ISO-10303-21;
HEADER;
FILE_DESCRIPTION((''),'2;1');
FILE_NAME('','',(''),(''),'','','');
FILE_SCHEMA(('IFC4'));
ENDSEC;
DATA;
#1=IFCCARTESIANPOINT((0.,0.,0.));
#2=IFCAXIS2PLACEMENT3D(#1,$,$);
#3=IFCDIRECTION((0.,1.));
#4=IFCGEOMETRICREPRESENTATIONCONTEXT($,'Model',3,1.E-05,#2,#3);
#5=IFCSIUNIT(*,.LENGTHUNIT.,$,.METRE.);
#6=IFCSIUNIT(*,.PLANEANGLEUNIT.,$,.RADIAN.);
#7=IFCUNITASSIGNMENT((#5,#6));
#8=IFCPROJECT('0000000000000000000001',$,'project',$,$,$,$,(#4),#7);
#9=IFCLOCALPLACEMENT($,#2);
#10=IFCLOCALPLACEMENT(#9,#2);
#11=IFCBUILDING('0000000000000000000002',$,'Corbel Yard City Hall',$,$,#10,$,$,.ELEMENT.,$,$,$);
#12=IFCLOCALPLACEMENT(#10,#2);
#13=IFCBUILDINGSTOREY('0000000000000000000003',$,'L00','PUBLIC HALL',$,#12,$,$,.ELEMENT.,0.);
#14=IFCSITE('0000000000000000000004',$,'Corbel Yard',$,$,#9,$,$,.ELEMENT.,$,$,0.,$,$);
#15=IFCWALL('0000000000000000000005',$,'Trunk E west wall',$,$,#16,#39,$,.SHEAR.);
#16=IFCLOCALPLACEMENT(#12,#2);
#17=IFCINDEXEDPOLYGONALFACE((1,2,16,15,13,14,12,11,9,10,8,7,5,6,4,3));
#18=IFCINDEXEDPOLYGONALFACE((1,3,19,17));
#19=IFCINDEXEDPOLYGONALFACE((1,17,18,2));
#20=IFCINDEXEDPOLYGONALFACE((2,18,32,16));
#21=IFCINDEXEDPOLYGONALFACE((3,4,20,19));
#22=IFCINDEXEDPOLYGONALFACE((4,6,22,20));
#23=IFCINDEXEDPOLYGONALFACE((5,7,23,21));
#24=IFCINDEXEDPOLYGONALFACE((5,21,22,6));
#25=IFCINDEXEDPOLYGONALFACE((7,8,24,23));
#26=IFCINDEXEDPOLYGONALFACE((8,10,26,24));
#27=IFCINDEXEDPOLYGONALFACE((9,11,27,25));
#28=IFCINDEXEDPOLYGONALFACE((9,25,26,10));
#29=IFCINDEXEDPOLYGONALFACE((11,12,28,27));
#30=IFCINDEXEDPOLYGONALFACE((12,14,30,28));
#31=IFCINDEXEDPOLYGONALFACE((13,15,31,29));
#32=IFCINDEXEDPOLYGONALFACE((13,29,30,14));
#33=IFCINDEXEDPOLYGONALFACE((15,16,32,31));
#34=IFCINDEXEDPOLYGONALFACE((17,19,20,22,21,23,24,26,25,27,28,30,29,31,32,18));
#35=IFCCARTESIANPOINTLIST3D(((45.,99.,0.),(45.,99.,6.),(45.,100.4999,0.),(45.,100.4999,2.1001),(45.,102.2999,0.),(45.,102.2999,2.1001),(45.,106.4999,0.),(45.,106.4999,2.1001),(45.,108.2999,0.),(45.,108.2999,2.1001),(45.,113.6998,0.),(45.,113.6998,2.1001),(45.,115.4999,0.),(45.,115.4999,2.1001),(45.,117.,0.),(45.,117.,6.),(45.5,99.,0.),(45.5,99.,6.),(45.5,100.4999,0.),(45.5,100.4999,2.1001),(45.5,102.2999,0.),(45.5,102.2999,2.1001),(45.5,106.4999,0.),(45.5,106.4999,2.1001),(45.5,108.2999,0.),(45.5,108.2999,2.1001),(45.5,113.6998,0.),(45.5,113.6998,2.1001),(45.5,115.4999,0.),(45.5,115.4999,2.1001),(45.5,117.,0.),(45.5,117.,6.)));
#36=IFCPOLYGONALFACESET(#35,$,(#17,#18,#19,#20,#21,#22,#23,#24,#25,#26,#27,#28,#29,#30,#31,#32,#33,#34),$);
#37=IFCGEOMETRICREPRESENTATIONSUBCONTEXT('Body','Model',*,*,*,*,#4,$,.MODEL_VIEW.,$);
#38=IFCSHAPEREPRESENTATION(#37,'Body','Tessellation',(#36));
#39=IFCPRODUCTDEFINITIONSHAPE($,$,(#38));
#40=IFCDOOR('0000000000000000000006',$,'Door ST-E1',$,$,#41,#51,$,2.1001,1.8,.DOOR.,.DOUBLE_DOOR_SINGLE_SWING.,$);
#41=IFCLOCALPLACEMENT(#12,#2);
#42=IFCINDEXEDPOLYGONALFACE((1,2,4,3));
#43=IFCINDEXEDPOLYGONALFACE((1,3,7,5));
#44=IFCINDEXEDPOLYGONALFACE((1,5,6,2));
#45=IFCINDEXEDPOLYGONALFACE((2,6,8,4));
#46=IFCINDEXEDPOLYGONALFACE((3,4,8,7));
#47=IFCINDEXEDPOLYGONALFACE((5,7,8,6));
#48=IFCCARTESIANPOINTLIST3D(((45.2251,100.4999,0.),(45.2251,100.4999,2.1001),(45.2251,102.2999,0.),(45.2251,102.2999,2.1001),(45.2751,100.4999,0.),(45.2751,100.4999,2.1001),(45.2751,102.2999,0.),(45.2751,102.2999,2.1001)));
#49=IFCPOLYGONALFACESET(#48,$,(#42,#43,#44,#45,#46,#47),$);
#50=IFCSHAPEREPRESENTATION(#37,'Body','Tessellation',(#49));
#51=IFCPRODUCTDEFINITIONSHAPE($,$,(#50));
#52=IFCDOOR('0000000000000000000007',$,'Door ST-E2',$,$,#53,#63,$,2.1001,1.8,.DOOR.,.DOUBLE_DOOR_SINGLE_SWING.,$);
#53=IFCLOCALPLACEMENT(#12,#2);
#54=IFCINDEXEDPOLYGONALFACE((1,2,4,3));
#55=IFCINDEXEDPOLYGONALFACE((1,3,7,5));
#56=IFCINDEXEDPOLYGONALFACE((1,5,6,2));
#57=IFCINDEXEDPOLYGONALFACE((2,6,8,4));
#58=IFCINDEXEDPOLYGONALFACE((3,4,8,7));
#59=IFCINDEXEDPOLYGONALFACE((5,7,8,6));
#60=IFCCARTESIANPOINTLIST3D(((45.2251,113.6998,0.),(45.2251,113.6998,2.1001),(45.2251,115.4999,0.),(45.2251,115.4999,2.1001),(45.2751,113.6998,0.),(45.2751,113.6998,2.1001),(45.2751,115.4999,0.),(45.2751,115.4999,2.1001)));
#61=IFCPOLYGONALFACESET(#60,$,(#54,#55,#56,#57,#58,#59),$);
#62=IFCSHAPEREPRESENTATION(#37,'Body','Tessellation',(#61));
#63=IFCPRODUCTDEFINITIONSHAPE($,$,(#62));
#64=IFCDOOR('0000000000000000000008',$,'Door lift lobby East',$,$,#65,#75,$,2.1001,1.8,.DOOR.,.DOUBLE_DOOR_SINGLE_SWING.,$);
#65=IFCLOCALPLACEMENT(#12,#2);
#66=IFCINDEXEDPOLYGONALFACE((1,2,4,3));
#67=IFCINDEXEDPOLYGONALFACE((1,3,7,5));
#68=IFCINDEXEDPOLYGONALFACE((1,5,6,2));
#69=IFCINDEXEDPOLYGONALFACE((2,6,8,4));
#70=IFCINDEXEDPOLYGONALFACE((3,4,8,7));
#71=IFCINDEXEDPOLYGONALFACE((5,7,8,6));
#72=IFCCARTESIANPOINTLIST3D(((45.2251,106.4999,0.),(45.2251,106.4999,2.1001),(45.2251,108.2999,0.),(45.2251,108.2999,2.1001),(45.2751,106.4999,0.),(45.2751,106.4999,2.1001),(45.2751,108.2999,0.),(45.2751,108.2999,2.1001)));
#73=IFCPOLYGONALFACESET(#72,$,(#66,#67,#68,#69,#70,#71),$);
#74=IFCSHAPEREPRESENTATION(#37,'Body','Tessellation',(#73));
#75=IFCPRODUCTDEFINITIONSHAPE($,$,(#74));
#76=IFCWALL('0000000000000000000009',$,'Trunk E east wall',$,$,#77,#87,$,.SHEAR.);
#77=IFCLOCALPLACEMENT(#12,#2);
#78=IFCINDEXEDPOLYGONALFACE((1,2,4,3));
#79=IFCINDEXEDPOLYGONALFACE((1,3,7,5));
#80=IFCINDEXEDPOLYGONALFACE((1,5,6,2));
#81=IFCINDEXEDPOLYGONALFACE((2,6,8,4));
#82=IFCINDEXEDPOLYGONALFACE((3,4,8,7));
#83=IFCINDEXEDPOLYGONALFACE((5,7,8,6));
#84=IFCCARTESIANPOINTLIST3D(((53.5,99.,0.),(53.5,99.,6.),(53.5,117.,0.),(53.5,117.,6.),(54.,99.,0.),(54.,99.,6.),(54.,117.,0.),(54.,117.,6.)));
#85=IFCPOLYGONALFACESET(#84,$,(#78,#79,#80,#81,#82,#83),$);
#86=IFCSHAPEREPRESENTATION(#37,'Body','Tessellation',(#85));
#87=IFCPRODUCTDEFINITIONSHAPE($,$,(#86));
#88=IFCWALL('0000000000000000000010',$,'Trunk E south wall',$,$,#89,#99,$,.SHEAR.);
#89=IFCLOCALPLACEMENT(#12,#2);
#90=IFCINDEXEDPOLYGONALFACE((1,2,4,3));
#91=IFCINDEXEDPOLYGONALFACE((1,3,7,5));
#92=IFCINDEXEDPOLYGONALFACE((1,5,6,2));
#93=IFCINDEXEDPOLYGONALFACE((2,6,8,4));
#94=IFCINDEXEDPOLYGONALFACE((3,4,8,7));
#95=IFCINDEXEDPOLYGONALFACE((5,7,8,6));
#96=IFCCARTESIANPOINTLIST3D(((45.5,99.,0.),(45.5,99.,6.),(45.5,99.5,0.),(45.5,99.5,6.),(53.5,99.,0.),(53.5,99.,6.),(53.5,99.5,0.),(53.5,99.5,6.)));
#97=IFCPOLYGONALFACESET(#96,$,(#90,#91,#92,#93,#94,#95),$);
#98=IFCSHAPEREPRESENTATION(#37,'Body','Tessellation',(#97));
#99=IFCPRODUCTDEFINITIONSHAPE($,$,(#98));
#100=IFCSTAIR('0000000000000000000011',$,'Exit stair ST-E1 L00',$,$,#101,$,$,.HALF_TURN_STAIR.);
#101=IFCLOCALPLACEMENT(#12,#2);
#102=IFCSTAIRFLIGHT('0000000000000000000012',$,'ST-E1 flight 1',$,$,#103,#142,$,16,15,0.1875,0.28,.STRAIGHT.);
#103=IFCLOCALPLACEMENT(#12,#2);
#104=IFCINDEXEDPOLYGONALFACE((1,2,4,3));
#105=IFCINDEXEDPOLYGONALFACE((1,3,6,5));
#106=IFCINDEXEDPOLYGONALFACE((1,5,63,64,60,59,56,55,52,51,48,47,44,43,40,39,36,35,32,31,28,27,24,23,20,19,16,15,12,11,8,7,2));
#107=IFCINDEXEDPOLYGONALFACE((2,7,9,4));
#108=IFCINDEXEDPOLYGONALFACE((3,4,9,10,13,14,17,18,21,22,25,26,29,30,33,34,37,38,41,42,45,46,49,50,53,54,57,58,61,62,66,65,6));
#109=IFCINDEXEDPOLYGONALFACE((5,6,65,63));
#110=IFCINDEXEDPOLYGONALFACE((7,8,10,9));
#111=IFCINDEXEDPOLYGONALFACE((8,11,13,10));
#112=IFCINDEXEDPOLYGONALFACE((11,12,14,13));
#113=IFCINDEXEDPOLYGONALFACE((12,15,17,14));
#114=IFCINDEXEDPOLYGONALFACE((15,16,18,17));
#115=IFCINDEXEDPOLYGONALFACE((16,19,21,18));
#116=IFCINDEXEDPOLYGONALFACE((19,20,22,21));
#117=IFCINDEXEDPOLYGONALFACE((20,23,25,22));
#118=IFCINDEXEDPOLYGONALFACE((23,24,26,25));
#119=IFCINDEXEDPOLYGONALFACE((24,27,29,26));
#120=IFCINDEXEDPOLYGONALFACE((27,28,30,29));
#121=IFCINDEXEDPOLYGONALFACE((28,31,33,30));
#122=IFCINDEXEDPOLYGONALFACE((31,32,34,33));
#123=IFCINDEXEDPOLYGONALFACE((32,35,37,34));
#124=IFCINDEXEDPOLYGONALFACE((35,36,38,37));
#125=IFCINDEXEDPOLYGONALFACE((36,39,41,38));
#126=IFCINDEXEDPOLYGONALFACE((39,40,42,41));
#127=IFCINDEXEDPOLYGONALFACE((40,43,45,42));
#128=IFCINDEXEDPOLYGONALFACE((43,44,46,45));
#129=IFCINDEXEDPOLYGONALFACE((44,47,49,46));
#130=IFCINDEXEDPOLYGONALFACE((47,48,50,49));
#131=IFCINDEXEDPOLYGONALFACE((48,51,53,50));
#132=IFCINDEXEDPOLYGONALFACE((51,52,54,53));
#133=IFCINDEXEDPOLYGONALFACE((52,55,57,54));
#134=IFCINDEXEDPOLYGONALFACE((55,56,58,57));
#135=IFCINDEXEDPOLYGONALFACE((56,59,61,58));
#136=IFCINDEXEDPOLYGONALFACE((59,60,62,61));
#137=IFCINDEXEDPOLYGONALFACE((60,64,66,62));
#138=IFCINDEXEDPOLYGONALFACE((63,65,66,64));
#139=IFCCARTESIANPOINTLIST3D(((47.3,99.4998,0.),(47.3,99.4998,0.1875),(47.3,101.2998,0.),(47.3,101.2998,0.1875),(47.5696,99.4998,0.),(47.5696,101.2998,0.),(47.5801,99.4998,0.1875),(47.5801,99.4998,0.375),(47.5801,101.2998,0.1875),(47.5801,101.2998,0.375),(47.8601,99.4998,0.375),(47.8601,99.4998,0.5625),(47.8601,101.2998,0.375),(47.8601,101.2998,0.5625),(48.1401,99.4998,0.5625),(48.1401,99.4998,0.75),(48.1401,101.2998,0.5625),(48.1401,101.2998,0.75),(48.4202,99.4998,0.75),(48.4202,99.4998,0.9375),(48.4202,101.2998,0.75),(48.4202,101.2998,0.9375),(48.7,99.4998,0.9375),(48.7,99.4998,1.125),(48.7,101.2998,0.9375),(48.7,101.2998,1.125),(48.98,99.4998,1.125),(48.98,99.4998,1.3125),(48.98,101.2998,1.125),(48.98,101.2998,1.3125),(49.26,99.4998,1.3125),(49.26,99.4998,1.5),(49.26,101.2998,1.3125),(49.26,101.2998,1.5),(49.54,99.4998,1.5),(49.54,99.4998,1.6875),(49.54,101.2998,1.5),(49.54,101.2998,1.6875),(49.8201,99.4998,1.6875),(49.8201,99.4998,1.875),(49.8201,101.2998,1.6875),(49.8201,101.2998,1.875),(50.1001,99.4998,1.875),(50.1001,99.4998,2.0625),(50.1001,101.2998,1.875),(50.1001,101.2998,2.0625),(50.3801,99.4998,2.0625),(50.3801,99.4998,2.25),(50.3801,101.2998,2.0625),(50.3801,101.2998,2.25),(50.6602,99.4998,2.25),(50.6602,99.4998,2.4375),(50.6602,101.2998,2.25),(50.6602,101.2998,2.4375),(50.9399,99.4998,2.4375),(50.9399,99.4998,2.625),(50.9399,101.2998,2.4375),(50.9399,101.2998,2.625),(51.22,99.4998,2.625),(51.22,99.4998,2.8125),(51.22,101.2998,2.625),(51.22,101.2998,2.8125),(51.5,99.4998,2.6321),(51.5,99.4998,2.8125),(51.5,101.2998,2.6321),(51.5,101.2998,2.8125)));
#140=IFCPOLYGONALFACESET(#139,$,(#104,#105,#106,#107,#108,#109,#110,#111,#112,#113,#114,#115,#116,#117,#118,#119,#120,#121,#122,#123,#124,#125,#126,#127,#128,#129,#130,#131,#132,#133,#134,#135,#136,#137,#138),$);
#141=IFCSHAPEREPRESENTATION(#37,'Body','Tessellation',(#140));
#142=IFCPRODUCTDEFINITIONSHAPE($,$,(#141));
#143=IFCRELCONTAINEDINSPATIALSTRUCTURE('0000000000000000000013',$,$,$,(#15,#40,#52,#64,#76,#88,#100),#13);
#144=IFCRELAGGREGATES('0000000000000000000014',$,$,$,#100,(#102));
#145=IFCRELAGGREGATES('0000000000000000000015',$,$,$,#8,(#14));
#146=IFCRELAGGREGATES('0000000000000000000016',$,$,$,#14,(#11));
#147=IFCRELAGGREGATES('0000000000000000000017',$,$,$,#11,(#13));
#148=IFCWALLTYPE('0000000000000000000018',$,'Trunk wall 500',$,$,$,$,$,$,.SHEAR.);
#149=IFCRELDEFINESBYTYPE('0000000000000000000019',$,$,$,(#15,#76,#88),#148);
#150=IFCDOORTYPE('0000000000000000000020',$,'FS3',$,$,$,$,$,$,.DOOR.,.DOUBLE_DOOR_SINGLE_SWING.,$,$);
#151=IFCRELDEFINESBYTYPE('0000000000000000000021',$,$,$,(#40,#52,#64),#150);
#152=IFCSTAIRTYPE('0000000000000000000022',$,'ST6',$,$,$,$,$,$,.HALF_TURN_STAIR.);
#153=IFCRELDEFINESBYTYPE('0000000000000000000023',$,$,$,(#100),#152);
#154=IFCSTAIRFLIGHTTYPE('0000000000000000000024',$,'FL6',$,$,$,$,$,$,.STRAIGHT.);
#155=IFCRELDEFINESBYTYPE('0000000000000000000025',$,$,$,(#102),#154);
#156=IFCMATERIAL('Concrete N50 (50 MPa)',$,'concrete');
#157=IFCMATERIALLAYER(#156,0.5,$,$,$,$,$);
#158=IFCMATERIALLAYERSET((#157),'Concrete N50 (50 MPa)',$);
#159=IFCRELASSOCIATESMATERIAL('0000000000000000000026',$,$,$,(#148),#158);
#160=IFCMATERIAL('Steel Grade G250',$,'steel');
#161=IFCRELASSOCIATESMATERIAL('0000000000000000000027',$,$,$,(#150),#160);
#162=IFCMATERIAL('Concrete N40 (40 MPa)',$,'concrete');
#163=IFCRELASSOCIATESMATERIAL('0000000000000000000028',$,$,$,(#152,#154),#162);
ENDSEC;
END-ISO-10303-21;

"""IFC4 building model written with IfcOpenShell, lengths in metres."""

from ifc_helpers import new_model, si_unit, direction, frame, frame_2d, origin, place, context, subcontext, project, spatial, polyline, rectangle, outline, extrude, material, layer, layer_set, type_object, element, fill, aggregate, save


model = new_model("IFC4")

# Units and contexts
model_context = context("Model", 3, precision=1e-05, world=origin(), true_north=direction((0.0, 1.0)))
body_context = subcontext(model_context, "Body", "Model", "MODEL_VIEW")
ifc_project = project(units=[si_unit("LENGTHUNIT", "METRE"), si_unit("PLANEANGLEUNIT", "RADIAN")], contexts=[model_context])

# Site, building, storey
site_placement = place(None, origin())
site = spatial("IfcSite", under=ifc_project, at=site_placement, Name="Corbel Yard", CompositionType="ELEMENT", RefElevation=0.0)
building_placement = place(site_placement, origin())
building = spatial("IfcBuilding", under=site, at=building_placement, Name="Corbel Yard City Hall", CompositionType="ELEMENT")
storey_placement = place(building_placement, origin())
storey = spatial("IfcBuildingStorey", under=building, at=storey_placement, Name="L00", Description="PUBLIC HALL", CompositionType="ELEMENT", Elevation=0.0)

# Shared definitions
ifc_material_1 = material(Name="Steel Grade G250", Category="steel")

# Wall, openings, doors
ifc_material_2 = material(Name="Concrete N50 (50 MPa)", Category="concrete")
ifc_layer_1 = layer(ifc_material_2, 0.5)
ifc_layer_set_1 = layer_set([ifc_layer_1], Name="Concrete N50 (50 MPa)")
wall_type_1 = type_object("IfcWallType", Name="Trunk wall 500", PredefinedType="SHEAR", material=ifc_layer_set_1)
wall_1_placement = place(storey_placement, frame((45.25, 99.0, 0.0), z_axis=(0.0, 0.0, 1.0), x_axis=(0.0, 1.0, 0.0)))
wall_1 = element("IfcWall", 1, at=wall_1_placement, inside=storey, type_object=wall_type_1, Name="Trunk E west wall", PredefinedType="SHEAR", context=body_context, shape_type="SweptSolid", body=[
    extrude(rectangle(XDim=18.0, YDim=0.5, at=frame_2d((9.0, 0.0))), origin(), (0.0, 0.0, 1.0), 6.0),
])
opening_1_placement = place(wall_1_placement, frame((1.5, 0.0, 0.0)))
opening_1 = element("IfcOpeningElement", 2, at=opening_1_placement, cuts=wall_1, PredefinedType="OPENING", context=body_context, shape_type="SweptSolid", body=[
    extrude(rectangle(XDim=1.8, YDim=2.1001, at=frame_2d((0.8999, 1.05))), frame((0.0, 0.26, 0.0), z_axis=(0.0, -1.0, 0.0), x_axis=(1.0, 0.0, 0.0)), (0.0, 0.0, 1.0), 0.52),
])
opening_2_placement = place(wall_1_placement, frame((14.7, 0.0, 0.0)))
opening_2 = element("IfcOpeningElement", 3, at=opening_2_placement, cuts=wall_1, PredefinedType="OPENING", context=body_context, shape_type="SweptSolid", body=[
    extrude(rectangle(XDim=1.8, YDim=2.1001, at=frame_2d((0.8999, 1.05))), frame((0.0, 0.26, 0.0), z_axis=(0.0, -1.0, 0.0), x_axis=(1.0, 0.0, 0.0)), (0.0, 0.0, 1.0), 0.52),
])
opening_3_placement = place(wall_1_placement, frame((7.5, 0.0, 0.0)))
opening_3 = element("IfcOpeningElement", 4, at=opening_3_placement, cuts=wall_1, PredefinedType="OPENING", context=body_context, shape_type="SweptSolid", body=[
    extrude(rectangle(XDim=1.8, YDim=2.1001, at=frame_2d((0.8999, 1.05))), frame((0.0, 0.26, 0.0), z_axis=(0.0, -1.0, 0.0), x_axis=(1.0, 0.0, 0.0)), (0.0, 0.0, 1.0), 0.52),
])
door_type_1 = type_object("IfcDoorType", Name="FS3", OperationType="DOUBLE_DOOR_SINGLE_SWING", PredefinedType="DOOR", material=ifc_material_1)
door_1_placement = place(opening_1_placement, origin())
door_1 = element("IfcDoor", 5, at=door_1_placement, inside=storey, type_object=door_type_1, Name="Door ST-E1", OperationType="DOUBLE_DOOR_SINGLE_SWING", OverallHeight=2.1001, OverallWidth=1.8, PredefinedType="DOOR", context=body_context, shape_type="SweptSolid", body=[
    extrude(rectangle(XDim=1.8, YDim=2.1001, at=frame_2d((0.8999, 1.05))), frame((0.0, 0.0249, 0.0), z_axis=(0.0, -1.0, 0.0), x_axis=(1.0, 0.0, 0.0)), (0.0, 0.0, 1.0), 0.05),
])
fill(opening_1, door_1)
door_2_placement = place(opening_2_placement, origin())
door_2 = element("IfcDoor", 6, at=door_2_placement, inside=storey, type_object=door_type_1, Name="Door ST-E2", OperationType="DOUBLE_DOOR_SINGLE_SWING", OverallHeight=2.1001, OverallWidth=1.8, PredefinedType="DOOR", context=body_context, shape_type="SweptSolid", body=[
    extrude(rectangle(XDim=1.8, YDim=2.1001, at=frame_2d((0.8999, 1.05))), frame((0.0, 0.0249, 0.0), z_axis=(0.0, -1.0, 0.0), x_axis=(1.0, 0.0, 0.0)), (0.0, 0.0, 1.0), 0.05),
])
fill(opening_2, door_2)
door_3_placement = place(opening_3_placement, origin())
door_3 = element("IfcDoor", 7, at=door_3_placement, inside=storey, type_object=door_type_1, Name="Door lift lobby East", OperationType="DOUBLE_DOOR_SINGLE_SWING", OverallHeight=2.1001, OverallWidth=1.8, PredefinedType="DOOR", context=body_context, shape_type="SweptSolid", body=[
    extrude(rectangle(XDim=1.8, YDim=2.1001, at=frame_2d((0.8999, 1.05))), frame((0.0, 0.0249, 0.0), z_axis=(0.0, -1.0, 0.0), x_axis=(1.0, 0.0, 0.0)), (0.0, 0.0, 1.0), 0.05),
])
fill(opening_3, door_3)

# Walls
wall_2_placement = place(storey_placement, frame((53.75, 99.0, 0.0), z_axis=(0.0, 0.0, 1.0), x_axis=(0.0, 1.0, 0.0)))
element("IfcWall", 8, at=wall_2_placement, inside=storey, type_object=wall_type_1, Name="Trunk E east wall", PredefinedType="SHEAR", context=body_context, shape_type="SweptSolid", body=[
    extrude(rectangle(XDim=18.0, YDim=0.5, at=frame_2d((9.0, 0.0))), origin(), (0.0, 0.0, 1.0), 6.0),
])
wall_3_placement = place(storey_placement, frame((45.5, 99.25, 0.0), z_axis=(0.0, 0.0, 1.0), x_axis=(1.0, 0.0, 0.0)))
element("IfcWall", 9, at=wall_3_placement, inside=storey, type_object=wall_type_1, Name="Trunk E south wall", PredefinedType="SHEAR", context=body_context, shape_type="SweptSolid", body=[
    extrude(rectangle(XDim=8.0, YDim=0.5, at=frame_2d((4.0, 0.0))), origin(), (0.0, 0.0, 1.0), 6.0),
])

# Stair, stair flight
ifc_material_3 = material(Name="Concrete N40 (40 MPa)", Category="concrete")
stair_type = type_object("IfcStairType", Name="ST6", PredefinedType="HALF_TURN_STAIR", material=ifc_material_3)
stair_placement = place(storey_placement, origin())
stair = element("IfcStair", 10, at=stair_placement, inside=storey, type_object=stair_type, Name="Exit stair ST-E1 L00", PredefinedType="HALF_TURN_STAIR")
stair_flight_type = type_object("IfcStairFlightType", Name="FL6", PredefinedType="STRAIGHT", material=ifc_material_3)
stair_flight_placement = place(storey_placement, frame((47.3, 100.3999, 0.0), z_axis=(0.0, 0.0, 1.0), x_axis=(1.0, 0.0, 0.0)))
stair_flight = element("IfcStairFlight", 11, at=stair_flight_placement, type_object=stair_flight_type, Name="ST-E1 flight 1", NumberOfRisers=16, NumberOfTreads=15, PredefinedType="STRAIGHT", RiserHeight=0.1875, TreadLength=0.28, context=body_context, shape_type="SweptSolid", body=[
    extrude(outline(polyline([(0.0, 0.0), (0.0, 0.1875), (0.28, 0.1875), (0.28, 0.375), (0.5601, 0.375), (0.5601, 0.5625), (0.8401, 0.5625), (0.8401, 0.75), (1.1201, 0.75), (1.1201, 0.9375), (1.3999, 0.9375), (1.3999, 1.125), (1.6799, 1.125), (1.6799, 1.3125), (1.96, 1.3125), (1.96, 1.5), (2.24, 1.5), (2.24, 1.6875), (2.52, 1.6875), (2.52, 1.875), (2.8, 1.875), (2.8, 2.0625), (3.0801, 2.0625), (3.0801, 2.25), (3.3601, 2.25), (3.3601, 2.4375), (3.6399, 2.4375), (3.6399, 2.625), (3.9199, 2.625), (3.9199, 2.8125), (4.2, 2.8125), (4.2, 3.0), (4.2, 2.6321), (0.2695, 0.0), (0.0, 0.0)])), frame((0.0, 0.8999, 0.0), z_axis=(0.0, -1.0, 0.0), x_axis=(1.0, 0.0, 0.0)), (0.0, 0.0, 1.0), 1.8),
])
aggregate(stair, [stair_flight])

save(model, "model.ifc")
